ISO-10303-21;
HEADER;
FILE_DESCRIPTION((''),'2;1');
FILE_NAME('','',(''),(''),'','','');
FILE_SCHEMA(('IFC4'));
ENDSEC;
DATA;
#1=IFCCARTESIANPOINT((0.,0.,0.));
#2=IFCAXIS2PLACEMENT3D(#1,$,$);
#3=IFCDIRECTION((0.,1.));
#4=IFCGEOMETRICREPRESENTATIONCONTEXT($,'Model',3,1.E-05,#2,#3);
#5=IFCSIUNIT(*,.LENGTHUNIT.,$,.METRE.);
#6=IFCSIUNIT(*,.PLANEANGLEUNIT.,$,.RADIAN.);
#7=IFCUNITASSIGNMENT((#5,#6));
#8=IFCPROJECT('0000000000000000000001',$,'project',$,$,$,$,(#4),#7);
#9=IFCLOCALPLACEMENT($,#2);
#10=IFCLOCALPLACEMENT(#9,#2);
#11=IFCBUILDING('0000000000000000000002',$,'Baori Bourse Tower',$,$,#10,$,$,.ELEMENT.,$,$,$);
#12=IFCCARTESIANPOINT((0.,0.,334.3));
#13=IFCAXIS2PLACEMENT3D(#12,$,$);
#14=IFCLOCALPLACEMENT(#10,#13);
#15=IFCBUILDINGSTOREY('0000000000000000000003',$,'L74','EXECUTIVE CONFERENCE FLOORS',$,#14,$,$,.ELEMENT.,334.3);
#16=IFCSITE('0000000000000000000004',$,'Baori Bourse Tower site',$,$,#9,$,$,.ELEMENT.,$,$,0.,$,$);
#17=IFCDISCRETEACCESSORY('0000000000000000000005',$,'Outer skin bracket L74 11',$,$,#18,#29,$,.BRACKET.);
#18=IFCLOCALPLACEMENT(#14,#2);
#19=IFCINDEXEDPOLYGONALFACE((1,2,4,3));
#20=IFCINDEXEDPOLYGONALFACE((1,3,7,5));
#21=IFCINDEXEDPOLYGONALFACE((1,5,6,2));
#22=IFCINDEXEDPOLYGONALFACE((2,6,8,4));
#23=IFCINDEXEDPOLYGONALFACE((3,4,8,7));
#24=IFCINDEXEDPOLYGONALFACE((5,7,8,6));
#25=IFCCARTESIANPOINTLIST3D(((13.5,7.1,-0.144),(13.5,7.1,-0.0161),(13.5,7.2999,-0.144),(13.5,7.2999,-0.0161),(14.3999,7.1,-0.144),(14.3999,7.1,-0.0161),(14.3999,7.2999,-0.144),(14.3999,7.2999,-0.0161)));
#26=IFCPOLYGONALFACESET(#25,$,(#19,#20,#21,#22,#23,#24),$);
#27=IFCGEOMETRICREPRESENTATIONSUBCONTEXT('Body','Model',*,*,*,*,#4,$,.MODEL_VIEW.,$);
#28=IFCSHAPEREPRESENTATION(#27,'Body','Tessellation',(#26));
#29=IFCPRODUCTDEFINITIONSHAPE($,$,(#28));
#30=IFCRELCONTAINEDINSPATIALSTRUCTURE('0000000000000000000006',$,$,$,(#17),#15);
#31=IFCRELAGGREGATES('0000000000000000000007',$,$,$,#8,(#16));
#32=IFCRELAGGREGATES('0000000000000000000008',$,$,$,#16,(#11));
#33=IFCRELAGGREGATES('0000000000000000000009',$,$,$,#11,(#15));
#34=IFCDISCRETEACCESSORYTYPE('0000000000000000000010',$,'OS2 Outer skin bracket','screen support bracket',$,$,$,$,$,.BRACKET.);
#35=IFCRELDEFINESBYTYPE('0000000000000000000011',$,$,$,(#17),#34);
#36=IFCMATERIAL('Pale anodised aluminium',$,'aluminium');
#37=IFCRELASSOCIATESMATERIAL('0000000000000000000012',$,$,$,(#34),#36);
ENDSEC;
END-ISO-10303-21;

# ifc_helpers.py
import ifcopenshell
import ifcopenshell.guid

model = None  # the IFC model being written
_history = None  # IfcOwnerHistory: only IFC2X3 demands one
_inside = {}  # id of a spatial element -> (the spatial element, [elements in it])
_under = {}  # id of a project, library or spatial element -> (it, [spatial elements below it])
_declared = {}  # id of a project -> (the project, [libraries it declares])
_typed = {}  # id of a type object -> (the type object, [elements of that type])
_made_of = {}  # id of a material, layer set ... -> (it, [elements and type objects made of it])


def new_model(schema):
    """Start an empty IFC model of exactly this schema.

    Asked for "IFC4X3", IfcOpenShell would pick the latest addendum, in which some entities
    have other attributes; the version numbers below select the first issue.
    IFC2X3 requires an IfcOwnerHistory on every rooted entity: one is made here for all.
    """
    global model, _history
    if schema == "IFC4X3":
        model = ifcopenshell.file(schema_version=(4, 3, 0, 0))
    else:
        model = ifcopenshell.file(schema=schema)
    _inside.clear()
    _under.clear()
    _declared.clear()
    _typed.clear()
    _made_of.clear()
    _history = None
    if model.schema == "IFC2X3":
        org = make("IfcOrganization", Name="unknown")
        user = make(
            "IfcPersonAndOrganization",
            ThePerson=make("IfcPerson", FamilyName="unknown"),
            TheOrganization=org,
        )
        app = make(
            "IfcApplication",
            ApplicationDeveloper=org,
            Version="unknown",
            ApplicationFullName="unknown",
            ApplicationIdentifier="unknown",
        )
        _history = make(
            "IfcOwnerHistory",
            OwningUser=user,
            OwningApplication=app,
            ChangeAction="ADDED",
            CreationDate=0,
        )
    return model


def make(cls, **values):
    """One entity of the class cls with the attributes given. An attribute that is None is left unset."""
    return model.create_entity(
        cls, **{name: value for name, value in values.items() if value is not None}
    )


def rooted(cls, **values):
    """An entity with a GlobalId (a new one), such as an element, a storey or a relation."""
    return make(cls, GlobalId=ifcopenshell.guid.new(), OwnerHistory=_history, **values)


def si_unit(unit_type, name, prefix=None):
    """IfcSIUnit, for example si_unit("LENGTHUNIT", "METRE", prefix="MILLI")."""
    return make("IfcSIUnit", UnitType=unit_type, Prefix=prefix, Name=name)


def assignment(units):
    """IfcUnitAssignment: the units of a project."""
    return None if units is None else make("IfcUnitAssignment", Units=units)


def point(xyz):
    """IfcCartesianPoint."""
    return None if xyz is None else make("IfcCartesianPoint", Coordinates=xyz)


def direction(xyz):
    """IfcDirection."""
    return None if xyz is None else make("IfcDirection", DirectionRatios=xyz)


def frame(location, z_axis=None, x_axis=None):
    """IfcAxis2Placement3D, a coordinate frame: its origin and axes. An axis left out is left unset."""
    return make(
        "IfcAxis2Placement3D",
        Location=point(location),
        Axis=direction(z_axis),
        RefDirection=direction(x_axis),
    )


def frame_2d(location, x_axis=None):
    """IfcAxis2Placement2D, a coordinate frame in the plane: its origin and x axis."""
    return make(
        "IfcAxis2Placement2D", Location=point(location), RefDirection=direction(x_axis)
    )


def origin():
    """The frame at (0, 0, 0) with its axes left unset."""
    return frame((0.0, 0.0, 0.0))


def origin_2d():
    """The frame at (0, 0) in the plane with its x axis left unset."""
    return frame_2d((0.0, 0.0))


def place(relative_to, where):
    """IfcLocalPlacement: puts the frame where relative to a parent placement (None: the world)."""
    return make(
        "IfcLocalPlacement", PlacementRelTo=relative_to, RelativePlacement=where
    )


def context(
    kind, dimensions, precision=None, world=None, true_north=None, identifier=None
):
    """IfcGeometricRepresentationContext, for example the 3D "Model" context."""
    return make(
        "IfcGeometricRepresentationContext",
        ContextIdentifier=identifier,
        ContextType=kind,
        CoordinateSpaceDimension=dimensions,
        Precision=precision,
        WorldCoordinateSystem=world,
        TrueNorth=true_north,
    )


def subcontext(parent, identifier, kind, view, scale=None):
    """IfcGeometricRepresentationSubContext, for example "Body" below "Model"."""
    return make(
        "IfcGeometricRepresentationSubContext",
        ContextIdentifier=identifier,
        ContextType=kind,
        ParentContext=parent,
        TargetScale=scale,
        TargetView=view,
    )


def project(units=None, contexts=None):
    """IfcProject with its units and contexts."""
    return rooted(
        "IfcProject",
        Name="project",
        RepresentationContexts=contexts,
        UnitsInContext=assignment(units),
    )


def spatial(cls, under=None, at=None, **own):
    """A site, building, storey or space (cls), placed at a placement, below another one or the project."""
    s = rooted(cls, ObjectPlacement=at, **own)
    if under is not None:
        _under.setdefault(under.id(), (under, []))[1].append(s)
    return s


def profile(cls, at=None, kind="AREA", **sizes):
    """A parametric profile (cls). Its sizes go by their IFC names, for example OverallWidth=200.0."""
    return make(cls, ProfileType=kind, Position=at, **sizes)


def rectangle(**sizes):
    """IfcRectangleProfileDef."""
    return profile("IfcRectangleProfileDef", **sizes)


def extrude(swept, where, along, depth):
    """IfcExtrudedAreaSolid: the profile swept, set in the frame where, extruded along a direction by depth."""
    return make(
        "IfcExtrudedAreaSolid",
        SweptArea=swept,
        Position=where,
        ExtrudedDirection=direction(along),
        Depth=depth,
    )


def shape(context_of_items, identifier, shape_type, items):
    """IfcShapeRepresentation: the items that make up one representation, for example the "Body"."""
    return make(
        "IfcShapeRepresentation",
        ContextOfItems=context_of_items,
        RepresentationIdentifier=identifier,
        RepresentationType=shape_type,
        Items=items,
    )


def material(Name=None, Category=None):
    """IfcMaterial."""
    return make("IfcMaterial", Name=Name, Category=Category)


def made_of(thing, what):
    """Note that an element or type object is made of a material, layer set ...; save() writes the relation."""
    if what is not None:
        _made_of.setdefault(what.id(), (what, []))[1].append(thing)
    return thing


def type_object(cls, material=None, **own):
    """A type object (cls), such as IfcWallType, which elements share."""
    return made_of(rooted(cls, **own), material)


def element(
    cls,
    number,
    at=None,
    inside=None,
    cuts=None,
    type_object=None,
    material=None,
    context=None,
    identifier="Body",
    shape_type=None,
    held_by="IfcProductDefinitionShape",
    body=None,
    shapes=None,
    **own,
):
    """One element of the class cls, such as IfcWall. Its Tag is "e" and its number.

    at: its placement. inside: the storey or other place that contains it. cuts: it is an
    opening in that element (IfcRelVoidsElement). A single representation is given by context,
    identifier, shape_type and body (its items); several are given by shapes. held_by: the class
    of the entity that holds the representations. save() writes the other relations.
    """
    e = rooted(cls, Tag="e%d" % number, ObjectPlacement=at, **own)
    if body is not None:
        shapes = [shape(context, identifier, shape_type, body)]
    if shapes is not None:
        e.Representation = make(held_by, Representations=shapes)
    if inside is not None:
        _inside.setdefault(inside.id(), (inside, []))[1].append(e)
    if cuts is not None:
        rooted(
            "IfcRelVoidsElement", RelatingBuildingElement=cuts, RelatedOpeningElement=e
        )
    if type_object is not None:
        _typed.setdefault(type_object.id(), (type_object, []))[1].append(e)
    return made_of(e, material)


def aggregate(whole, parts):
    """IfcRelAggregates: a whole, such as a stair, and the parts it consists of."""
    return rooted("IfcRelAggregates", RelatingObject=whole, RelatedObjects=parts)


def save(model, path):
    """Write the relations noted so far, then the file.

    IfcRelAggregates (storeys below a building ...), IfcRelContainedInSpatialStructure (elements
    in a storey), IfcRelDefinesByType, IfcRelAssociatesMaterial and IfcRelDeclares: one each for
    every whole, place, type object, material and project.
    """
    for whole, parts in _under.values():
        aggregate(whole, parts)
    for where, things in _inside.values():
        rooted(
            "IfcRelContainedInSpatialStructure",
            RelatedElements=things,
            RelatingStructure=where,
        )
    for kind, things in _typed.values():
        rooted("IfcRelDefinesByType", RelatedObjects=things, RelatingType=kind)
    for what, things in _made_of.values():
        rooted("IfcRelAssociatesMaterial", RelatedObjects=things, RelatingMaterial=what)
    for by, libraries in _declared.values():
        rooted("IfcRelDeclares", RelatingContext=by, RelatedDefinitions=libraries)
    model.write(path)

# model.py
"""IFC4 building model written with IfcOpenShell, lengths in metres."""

from ifc_helpers import new_model, si_unit, direction, frame, origin, origin_2d, place, context, subcontext, project, spatial, rectangle, extrude, material, type_object, element, save


model = new_model("IFC4")

# Units and contexts
model_context = context("Model", 3, precision=1e-05, world=origin(), true_north=direction((0.0, 1.0)))
body_context = subcontext(model_context, "Body", "Model", "MODEL_VIEW")
ifc_project = project(units=[si_unit("LENGTHUNIT", "METRE"), si_unit("PLANEANGLEUNIT", "RADIAN")], contexts=[model_context])

# Site, building, storey
site_placement = place(None, origin())
site = spatial("IfcSite", under=ifc_project, at=site_placement, Name="Baori Bourse Tower site", CompositionType="ELEMENT", RefElevation=0.0)
building_placement = place(site_placement, origin())
building = spatial("IfcBuilding", under=site, at=building_placement, Name="Baori Bourse Tower", CompositionType="ELEMENT")
storey_placement = place(building_placement, frame((0.0, 0.0, 334.3)))
storey = spatial("IfcBuildingStorey", under=building, at=storey_placement, Name="L74", Description="EXECUTIVE CONFERENCE FLOORS", CompositionType="ELEMENT", Elevation=334.3)

# Discrete accessory
ifc_material_1 = material(Name="Pale anodised aluminium", Category="aluminium")
discrete_accessory_type = type_object("IfcDiscreteAccessoryType", Name="OS2 Outer skin bracket", Description="screen support bracket", PredefinedType="BRACKET", material=ifc_material_1)
discrete_accessory_placement = place(storey_placement, frame((13.95, 7.2, -0.144), z_axis=(0.0, 0.0, 1.0), x_axis=(0.0, -1.0, 0.0)))
element("IfcDiscreteAccessory", 1, at=discrete_accessory_placement, inside=storey, type_object=discrete_accessory_type, Name="Outer skin bracket L74 11", PredefinedType="BRACKET", context=body_context, shape_type="SweptSolid", body=[
    extrude(rectangle(XDim=0.2, YDim=0.8999, at=origin_2d()), origin(), (0.0, 0.0, 1.0), 0.1279),
])

save(model, "model.ifc")
